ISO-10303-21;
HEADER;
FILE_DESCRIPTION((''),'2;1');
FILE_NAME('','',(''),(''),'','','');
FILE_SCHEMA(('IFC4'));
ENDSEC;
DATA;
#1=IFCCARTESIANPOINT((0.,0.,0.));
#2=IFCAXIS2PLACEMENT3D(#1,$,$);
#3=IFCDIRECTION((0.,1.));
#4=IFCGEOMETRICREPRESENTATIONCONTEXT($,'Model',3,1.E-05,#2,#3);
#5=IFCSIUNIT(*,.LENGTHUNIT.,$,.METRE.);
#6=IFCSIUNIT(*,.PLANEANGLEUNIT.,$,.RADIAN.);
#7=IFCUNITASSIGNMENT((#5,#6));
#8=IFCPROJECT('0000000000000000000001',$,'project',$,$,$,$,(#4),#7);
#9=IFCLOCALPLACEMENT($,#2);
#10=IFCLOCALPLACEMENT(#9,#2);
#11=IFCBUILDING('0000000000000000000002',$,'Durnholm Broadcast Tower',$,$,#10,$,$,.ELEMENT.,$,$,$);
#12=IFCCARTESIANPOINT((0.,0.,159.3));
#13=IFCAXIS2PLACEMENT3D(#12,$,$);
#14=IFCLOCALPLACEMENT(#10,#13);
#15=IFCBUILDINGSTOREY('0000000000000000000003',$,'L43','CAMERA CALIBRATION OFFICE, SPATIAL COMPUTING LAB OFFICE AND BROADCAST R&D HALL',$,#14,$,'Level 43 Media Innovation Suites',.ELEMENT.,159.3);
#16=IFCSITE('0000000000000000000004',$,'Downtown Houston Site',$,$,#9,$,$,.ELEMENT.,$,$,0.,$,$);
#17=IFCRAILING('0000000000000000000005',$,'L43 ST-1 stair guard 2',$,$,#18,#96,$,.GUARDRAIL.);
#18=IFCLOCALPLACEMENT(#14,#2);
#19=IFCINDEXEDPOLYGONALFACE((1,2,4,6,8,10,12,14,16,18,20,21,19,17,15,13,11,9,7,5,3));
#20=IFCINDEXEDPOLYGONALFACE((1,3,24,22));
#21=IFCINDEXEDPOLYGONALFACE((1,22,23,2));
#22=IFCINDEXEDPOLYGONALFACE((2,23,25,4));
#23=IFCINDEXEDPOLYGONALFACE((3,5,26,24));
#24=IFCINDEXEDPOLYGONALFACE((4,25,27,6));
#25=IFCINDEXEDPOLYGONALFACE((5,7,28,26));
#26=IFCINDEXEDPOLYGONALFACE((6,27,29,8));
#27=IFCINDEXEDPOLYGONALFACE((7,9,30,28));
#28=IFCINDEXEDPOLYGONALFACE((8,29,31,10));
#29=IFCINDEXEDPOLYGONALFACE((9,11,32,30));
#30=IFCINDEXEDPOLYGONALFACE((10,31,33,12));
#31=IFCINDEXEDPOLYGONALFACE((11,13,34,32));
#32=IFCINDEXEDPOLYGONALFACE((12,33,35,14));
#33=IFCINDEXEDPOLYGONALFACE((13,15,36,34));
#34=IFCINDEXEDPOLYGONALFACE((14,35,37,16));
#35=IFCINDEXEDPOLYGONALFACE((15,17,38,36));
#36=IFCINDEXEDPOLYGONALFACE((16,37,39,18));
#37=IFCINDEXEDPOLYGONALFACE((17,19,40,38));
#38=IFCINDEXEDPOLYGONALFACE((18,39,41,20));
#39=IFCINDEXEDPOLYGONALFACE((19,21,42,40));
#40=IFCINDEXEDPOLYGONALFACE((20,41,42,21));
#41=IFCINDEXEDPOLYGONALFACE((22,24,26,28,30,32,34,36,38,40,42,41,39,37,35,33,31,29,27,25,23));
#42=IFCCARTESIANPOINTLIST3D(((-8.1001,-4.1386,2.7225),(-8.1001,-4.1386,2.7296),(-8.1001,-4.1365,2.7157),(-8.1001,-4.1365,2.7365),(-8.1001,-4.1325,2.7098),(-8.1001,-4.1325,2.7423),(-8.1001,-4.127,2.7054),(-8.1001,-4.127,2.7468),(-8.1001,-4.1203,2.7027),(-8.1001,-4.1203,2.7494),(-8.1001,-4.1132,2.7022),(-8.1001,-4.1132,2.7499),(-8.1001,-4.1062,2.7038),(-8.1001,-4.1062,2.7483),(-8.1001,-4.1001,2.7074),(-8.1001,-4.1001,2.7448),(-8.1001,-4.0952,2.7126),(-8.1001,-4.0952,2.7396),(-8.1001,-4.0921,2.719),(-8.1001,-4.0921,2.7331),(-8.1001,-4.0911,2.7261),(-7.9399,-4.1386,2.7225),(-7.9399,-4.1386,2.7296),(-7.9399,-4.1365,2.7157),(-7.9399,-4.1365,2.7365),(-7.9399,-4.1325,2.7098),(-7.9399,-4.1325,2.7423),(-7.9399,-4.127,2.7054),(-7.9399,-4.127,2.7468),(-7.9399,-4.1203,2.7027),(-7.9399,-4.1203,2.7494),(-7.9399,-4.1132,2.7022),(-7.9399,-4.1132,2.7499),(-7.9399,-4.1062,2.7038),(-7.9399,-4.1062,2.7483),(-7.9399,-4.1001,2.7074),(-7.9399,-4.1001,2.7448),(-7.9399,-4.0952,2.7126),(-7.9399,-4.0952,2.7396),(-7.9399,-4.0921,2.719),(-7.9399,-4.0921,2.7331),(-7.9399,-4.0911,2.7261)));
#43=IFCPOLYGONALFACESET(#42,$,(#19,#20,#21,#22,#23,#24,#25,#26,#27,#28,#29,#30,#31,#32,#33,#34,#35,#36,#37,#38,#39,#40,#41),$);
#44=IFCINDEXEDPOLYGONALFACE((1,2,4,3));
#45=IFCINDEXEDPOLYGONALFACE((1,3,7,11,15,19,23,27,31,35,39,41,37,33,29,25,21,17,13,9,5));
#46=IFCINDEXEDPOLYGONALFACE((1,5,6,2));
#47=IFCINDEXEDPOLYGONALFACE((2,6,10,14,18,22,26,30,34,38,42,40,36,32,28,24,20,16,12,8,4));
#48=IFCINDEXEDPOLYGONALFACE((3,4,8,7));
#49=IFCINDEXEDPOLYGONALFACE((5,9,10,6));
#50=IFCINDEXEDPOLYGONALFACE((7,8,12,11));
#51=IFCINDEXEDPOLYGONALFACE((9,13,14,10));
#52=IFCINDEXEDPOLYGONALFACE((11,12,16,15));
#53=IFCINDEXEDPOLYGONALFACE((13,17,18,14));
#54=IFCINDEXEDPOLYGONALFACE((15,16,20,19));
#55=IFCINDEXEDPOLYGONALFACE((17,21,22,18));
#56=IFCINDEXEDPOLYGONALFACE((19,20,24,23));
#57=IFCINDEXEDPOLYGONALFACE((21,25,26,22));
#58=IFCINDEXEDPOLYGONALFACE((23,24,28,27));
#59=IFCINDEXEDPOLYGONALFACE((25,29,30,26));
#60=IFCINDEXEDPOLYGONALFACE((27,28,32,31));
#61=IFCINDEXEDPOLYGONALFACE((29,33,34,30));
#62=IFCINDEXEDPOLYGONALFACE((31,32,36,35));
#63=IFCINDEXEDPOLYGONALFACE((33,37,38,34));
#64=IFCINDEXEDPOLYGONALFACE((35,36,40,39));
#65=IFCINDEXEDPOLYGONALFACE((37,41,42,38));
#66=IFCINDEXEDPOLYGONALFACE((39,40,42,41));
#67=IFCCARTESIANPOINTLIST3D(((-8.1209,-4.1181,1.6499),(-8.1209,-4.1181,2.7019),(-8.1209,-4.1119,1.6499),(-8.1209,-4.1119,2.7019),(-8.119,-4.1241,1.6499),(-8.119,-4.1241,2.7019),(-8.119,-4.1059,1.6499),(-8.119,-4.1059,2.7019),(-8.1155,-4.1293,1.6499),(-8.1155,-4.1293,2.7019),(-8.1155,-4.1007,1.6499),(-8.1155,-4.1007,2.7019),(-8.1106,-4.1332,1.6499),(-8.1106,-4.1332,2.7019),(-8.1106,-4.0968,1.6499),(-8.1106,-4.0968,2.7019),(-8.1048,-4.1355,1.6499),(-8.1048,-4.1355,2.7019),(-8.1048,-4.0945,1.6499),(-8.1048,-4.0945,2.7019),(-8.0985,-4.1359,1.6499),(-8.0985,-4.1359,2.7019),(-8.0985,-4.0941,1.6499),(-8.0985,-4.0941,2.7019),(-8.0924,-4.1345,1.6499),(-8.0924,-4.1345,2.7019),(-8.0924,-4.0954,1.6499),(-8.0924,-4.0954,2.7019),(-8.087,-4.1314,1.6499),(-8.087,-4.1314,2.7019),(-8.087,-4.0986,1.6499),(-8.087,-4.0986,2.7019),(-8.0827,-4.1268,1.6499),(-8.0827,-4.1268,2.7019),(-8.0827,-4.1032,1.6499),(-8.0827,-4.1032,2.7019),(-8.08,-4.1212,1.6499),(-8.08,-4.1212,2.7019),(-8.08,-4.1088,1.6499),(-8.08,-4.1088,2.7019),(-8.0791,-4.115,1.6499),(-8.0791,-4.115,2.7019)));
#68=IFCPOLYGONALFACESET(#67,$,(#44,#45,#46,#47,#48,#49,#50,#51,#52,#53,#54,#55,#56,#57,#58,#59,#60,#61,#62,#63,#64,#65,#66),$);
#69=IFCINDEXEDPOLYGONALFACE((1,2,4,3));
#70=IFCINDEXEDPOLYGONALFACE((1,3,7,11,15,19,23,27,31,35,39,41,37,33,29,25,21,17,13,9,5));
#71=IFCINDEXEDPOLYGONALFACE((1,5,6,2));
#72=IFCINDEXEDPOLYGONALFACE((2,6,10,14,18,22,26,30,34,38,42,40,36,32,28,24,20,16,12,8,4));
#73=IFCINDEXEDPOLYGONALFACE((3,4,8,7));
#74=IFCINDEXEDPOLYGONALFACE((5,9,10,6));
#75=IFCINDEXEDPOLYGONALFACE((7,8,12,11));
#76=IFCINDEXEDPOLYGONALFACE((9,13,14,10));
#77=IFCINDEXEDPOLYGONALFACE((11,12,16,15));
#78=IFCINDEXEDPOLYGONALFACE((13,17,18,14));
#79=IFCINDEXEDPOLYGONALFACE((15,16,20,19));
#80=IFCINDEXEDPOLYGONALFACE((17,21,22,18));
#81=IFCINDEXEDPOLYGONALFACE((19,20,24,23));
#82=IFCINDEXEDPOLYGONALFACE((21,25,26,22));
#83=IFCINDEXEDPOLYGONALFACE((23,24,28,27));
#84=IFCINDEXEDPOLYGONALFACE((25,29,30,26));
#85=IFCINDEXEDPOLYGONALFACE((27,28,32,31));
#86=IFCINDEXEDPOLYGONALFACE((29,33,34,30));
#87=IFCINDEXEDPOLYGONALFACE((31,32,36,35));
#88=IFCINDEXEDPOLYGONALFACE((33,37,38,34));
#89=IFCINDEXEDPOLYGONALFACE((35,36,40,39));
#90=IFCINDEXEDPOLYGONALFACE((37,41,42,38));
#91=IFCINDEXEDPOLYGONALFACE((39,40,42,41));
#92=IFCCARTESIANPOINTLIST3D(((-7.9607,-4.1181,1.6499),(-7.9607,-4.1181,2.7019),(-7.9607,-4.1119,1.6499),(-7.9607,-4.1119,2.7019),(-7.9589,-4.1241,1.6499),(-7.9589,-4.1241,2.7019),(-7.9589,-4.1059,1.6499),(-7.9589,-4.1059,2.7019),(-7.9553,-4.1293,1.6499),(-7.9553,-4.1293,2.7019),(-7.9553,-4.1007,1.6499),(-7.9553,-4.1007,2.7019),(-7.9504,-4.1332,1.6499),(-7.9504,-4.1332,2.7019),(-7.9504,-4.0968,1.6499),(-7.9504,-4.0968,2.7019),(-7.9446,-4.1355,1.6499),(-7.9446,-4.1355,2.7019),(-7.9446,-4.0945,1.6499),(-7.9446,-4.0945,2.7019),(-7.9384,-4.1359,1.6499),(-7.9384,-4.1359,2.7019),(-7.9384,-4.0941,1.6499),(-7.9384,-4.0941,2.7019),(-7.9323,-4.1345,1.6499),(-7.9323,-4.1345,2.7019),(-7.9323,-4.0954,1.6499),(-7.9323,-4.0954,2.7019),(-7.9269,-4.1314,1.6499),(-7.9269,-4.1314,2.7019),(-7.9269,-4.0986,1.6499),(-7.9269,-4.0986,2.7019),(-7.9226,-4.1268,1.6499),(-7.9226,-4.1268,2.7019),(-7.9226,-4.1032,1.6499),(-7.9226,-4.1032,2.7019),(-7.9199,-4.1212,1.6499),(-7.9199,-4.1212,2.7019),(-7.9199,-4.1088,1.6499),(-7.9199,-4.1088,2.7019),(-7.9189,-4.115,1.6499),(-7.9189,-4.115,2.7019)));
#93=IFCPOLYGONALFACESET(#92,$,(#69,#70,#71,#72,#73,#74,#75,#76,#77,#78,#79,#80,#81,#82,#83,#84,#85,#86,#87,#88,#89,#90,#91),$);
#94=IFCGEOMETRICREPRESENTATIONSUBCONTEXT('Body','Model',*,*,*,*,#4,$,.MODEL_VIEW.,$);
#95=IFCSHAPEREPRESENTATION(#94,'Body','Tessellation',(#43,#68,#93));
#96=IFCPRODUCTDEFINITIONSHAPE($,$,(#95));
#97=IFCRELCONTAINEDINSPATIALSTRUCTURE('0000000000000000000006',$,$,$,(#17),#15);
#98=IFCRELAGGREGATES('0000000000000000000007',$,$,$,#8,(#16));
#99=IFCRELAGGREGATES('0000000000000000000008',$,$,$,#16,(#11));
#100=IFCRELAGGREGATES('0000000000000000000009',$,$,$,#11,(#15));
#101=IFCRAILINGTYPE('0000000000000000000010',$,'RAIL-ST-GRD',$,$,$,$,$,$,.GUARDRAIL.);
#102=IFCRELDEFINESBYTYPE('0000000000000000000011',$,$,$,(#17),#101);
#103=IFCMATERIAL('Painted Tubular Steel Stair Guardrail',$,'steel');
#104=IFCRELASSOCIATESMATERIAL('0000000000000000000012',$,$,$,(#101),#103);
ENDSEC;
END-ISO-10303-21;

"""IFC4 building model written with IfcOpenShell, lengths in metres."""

from ifc_helpers import new_model, si_unit, direction, frame, origin, origin_2d, place, context, subcontext, project, spatial, circle, extrude, material, type_object, element, save


model = new_model("IFC4")

# Units and contexts
model_context = context("Model", 3, precision=1e-05, world=origin(), true_north=direction((0.0, 1.0)))
body_context = subcontext(model_context, "Body", "Model", "MODEL_VIEW")
ifc_project = project(units=[si_unit("LENGTHUNIT", "METRE"), si_unit("PLANEANGLEUNIT", "RADIAN")], contexts=[model_context])

# Site, building, storey
site_placement = place(None, origin())
site = spatial("IfcSite", under=ifc_project, at=site_placement, Name="Downtown Houston Site", CompositionType="ELEMENT", RefElevation=0.0)
building_placement = place(site_placement, origin())
building = spatial("IfcBuilding", under=site, at=building_placement, Name="Durnholm Broadcast Tower", CompositionType="ELEMENT")
storey_placement = place(building_placement, frame((0.0, 0.0, 159.3)))
storey = spatial("IfcBuildingStorey", under=building, at=storey_placement, Name="L43", Description="CAMERA CALIBRATION OFFICE, SPATIAL COMPUTING LAB OFFICE AND BROADCAST R&D HALL", LongName="Level 43 Media Innovation Suites", CompositionType="ELEMENT", Elevation=159.3)

# Railing
ifc_material_1 = material(Name="Painted Tubular Steel Stair Guardrail", Category="steel")
railing_type_1 = type_object("IfcRailingType", Name="RAIL-ST-GRD", PredefinedType="GUARDRAIL", material=ifc_material_1)
railing_1_placement = place(storey_placement, frame((-8.1001, -4.115, 1.6499)))
element("IfcRailing", 1, at=railing_1_placement, inside=storey, type_object=railing_type_1, Name="L43 ST-1 stair guard 2", PredefinedType="GUARDRAIL", context=body_context, shape_type="SweptSolid", body=[
    extrude(circle(Radius=0.0239, at=origin_2d()), frame((0.0, 0.0, 1.0762), z_axis=(1.0, 0.0, 0.0), x_axis=(0.0, 1.0, 0.0)), (0.0, 0.0, 1.0), 0.1602),
    extrude(circle(Radius=0.021, at=origin_2d()), origin(), (0.0, 0.0, 1.0), 1.052),
    extrude(circle(Radius=0.021, at=origin_2d()), frame((0.1602, 0.0, 0.0)), (0.0, 0.0, 1.0), 1.052),
])

save(model, "model.ifc")
